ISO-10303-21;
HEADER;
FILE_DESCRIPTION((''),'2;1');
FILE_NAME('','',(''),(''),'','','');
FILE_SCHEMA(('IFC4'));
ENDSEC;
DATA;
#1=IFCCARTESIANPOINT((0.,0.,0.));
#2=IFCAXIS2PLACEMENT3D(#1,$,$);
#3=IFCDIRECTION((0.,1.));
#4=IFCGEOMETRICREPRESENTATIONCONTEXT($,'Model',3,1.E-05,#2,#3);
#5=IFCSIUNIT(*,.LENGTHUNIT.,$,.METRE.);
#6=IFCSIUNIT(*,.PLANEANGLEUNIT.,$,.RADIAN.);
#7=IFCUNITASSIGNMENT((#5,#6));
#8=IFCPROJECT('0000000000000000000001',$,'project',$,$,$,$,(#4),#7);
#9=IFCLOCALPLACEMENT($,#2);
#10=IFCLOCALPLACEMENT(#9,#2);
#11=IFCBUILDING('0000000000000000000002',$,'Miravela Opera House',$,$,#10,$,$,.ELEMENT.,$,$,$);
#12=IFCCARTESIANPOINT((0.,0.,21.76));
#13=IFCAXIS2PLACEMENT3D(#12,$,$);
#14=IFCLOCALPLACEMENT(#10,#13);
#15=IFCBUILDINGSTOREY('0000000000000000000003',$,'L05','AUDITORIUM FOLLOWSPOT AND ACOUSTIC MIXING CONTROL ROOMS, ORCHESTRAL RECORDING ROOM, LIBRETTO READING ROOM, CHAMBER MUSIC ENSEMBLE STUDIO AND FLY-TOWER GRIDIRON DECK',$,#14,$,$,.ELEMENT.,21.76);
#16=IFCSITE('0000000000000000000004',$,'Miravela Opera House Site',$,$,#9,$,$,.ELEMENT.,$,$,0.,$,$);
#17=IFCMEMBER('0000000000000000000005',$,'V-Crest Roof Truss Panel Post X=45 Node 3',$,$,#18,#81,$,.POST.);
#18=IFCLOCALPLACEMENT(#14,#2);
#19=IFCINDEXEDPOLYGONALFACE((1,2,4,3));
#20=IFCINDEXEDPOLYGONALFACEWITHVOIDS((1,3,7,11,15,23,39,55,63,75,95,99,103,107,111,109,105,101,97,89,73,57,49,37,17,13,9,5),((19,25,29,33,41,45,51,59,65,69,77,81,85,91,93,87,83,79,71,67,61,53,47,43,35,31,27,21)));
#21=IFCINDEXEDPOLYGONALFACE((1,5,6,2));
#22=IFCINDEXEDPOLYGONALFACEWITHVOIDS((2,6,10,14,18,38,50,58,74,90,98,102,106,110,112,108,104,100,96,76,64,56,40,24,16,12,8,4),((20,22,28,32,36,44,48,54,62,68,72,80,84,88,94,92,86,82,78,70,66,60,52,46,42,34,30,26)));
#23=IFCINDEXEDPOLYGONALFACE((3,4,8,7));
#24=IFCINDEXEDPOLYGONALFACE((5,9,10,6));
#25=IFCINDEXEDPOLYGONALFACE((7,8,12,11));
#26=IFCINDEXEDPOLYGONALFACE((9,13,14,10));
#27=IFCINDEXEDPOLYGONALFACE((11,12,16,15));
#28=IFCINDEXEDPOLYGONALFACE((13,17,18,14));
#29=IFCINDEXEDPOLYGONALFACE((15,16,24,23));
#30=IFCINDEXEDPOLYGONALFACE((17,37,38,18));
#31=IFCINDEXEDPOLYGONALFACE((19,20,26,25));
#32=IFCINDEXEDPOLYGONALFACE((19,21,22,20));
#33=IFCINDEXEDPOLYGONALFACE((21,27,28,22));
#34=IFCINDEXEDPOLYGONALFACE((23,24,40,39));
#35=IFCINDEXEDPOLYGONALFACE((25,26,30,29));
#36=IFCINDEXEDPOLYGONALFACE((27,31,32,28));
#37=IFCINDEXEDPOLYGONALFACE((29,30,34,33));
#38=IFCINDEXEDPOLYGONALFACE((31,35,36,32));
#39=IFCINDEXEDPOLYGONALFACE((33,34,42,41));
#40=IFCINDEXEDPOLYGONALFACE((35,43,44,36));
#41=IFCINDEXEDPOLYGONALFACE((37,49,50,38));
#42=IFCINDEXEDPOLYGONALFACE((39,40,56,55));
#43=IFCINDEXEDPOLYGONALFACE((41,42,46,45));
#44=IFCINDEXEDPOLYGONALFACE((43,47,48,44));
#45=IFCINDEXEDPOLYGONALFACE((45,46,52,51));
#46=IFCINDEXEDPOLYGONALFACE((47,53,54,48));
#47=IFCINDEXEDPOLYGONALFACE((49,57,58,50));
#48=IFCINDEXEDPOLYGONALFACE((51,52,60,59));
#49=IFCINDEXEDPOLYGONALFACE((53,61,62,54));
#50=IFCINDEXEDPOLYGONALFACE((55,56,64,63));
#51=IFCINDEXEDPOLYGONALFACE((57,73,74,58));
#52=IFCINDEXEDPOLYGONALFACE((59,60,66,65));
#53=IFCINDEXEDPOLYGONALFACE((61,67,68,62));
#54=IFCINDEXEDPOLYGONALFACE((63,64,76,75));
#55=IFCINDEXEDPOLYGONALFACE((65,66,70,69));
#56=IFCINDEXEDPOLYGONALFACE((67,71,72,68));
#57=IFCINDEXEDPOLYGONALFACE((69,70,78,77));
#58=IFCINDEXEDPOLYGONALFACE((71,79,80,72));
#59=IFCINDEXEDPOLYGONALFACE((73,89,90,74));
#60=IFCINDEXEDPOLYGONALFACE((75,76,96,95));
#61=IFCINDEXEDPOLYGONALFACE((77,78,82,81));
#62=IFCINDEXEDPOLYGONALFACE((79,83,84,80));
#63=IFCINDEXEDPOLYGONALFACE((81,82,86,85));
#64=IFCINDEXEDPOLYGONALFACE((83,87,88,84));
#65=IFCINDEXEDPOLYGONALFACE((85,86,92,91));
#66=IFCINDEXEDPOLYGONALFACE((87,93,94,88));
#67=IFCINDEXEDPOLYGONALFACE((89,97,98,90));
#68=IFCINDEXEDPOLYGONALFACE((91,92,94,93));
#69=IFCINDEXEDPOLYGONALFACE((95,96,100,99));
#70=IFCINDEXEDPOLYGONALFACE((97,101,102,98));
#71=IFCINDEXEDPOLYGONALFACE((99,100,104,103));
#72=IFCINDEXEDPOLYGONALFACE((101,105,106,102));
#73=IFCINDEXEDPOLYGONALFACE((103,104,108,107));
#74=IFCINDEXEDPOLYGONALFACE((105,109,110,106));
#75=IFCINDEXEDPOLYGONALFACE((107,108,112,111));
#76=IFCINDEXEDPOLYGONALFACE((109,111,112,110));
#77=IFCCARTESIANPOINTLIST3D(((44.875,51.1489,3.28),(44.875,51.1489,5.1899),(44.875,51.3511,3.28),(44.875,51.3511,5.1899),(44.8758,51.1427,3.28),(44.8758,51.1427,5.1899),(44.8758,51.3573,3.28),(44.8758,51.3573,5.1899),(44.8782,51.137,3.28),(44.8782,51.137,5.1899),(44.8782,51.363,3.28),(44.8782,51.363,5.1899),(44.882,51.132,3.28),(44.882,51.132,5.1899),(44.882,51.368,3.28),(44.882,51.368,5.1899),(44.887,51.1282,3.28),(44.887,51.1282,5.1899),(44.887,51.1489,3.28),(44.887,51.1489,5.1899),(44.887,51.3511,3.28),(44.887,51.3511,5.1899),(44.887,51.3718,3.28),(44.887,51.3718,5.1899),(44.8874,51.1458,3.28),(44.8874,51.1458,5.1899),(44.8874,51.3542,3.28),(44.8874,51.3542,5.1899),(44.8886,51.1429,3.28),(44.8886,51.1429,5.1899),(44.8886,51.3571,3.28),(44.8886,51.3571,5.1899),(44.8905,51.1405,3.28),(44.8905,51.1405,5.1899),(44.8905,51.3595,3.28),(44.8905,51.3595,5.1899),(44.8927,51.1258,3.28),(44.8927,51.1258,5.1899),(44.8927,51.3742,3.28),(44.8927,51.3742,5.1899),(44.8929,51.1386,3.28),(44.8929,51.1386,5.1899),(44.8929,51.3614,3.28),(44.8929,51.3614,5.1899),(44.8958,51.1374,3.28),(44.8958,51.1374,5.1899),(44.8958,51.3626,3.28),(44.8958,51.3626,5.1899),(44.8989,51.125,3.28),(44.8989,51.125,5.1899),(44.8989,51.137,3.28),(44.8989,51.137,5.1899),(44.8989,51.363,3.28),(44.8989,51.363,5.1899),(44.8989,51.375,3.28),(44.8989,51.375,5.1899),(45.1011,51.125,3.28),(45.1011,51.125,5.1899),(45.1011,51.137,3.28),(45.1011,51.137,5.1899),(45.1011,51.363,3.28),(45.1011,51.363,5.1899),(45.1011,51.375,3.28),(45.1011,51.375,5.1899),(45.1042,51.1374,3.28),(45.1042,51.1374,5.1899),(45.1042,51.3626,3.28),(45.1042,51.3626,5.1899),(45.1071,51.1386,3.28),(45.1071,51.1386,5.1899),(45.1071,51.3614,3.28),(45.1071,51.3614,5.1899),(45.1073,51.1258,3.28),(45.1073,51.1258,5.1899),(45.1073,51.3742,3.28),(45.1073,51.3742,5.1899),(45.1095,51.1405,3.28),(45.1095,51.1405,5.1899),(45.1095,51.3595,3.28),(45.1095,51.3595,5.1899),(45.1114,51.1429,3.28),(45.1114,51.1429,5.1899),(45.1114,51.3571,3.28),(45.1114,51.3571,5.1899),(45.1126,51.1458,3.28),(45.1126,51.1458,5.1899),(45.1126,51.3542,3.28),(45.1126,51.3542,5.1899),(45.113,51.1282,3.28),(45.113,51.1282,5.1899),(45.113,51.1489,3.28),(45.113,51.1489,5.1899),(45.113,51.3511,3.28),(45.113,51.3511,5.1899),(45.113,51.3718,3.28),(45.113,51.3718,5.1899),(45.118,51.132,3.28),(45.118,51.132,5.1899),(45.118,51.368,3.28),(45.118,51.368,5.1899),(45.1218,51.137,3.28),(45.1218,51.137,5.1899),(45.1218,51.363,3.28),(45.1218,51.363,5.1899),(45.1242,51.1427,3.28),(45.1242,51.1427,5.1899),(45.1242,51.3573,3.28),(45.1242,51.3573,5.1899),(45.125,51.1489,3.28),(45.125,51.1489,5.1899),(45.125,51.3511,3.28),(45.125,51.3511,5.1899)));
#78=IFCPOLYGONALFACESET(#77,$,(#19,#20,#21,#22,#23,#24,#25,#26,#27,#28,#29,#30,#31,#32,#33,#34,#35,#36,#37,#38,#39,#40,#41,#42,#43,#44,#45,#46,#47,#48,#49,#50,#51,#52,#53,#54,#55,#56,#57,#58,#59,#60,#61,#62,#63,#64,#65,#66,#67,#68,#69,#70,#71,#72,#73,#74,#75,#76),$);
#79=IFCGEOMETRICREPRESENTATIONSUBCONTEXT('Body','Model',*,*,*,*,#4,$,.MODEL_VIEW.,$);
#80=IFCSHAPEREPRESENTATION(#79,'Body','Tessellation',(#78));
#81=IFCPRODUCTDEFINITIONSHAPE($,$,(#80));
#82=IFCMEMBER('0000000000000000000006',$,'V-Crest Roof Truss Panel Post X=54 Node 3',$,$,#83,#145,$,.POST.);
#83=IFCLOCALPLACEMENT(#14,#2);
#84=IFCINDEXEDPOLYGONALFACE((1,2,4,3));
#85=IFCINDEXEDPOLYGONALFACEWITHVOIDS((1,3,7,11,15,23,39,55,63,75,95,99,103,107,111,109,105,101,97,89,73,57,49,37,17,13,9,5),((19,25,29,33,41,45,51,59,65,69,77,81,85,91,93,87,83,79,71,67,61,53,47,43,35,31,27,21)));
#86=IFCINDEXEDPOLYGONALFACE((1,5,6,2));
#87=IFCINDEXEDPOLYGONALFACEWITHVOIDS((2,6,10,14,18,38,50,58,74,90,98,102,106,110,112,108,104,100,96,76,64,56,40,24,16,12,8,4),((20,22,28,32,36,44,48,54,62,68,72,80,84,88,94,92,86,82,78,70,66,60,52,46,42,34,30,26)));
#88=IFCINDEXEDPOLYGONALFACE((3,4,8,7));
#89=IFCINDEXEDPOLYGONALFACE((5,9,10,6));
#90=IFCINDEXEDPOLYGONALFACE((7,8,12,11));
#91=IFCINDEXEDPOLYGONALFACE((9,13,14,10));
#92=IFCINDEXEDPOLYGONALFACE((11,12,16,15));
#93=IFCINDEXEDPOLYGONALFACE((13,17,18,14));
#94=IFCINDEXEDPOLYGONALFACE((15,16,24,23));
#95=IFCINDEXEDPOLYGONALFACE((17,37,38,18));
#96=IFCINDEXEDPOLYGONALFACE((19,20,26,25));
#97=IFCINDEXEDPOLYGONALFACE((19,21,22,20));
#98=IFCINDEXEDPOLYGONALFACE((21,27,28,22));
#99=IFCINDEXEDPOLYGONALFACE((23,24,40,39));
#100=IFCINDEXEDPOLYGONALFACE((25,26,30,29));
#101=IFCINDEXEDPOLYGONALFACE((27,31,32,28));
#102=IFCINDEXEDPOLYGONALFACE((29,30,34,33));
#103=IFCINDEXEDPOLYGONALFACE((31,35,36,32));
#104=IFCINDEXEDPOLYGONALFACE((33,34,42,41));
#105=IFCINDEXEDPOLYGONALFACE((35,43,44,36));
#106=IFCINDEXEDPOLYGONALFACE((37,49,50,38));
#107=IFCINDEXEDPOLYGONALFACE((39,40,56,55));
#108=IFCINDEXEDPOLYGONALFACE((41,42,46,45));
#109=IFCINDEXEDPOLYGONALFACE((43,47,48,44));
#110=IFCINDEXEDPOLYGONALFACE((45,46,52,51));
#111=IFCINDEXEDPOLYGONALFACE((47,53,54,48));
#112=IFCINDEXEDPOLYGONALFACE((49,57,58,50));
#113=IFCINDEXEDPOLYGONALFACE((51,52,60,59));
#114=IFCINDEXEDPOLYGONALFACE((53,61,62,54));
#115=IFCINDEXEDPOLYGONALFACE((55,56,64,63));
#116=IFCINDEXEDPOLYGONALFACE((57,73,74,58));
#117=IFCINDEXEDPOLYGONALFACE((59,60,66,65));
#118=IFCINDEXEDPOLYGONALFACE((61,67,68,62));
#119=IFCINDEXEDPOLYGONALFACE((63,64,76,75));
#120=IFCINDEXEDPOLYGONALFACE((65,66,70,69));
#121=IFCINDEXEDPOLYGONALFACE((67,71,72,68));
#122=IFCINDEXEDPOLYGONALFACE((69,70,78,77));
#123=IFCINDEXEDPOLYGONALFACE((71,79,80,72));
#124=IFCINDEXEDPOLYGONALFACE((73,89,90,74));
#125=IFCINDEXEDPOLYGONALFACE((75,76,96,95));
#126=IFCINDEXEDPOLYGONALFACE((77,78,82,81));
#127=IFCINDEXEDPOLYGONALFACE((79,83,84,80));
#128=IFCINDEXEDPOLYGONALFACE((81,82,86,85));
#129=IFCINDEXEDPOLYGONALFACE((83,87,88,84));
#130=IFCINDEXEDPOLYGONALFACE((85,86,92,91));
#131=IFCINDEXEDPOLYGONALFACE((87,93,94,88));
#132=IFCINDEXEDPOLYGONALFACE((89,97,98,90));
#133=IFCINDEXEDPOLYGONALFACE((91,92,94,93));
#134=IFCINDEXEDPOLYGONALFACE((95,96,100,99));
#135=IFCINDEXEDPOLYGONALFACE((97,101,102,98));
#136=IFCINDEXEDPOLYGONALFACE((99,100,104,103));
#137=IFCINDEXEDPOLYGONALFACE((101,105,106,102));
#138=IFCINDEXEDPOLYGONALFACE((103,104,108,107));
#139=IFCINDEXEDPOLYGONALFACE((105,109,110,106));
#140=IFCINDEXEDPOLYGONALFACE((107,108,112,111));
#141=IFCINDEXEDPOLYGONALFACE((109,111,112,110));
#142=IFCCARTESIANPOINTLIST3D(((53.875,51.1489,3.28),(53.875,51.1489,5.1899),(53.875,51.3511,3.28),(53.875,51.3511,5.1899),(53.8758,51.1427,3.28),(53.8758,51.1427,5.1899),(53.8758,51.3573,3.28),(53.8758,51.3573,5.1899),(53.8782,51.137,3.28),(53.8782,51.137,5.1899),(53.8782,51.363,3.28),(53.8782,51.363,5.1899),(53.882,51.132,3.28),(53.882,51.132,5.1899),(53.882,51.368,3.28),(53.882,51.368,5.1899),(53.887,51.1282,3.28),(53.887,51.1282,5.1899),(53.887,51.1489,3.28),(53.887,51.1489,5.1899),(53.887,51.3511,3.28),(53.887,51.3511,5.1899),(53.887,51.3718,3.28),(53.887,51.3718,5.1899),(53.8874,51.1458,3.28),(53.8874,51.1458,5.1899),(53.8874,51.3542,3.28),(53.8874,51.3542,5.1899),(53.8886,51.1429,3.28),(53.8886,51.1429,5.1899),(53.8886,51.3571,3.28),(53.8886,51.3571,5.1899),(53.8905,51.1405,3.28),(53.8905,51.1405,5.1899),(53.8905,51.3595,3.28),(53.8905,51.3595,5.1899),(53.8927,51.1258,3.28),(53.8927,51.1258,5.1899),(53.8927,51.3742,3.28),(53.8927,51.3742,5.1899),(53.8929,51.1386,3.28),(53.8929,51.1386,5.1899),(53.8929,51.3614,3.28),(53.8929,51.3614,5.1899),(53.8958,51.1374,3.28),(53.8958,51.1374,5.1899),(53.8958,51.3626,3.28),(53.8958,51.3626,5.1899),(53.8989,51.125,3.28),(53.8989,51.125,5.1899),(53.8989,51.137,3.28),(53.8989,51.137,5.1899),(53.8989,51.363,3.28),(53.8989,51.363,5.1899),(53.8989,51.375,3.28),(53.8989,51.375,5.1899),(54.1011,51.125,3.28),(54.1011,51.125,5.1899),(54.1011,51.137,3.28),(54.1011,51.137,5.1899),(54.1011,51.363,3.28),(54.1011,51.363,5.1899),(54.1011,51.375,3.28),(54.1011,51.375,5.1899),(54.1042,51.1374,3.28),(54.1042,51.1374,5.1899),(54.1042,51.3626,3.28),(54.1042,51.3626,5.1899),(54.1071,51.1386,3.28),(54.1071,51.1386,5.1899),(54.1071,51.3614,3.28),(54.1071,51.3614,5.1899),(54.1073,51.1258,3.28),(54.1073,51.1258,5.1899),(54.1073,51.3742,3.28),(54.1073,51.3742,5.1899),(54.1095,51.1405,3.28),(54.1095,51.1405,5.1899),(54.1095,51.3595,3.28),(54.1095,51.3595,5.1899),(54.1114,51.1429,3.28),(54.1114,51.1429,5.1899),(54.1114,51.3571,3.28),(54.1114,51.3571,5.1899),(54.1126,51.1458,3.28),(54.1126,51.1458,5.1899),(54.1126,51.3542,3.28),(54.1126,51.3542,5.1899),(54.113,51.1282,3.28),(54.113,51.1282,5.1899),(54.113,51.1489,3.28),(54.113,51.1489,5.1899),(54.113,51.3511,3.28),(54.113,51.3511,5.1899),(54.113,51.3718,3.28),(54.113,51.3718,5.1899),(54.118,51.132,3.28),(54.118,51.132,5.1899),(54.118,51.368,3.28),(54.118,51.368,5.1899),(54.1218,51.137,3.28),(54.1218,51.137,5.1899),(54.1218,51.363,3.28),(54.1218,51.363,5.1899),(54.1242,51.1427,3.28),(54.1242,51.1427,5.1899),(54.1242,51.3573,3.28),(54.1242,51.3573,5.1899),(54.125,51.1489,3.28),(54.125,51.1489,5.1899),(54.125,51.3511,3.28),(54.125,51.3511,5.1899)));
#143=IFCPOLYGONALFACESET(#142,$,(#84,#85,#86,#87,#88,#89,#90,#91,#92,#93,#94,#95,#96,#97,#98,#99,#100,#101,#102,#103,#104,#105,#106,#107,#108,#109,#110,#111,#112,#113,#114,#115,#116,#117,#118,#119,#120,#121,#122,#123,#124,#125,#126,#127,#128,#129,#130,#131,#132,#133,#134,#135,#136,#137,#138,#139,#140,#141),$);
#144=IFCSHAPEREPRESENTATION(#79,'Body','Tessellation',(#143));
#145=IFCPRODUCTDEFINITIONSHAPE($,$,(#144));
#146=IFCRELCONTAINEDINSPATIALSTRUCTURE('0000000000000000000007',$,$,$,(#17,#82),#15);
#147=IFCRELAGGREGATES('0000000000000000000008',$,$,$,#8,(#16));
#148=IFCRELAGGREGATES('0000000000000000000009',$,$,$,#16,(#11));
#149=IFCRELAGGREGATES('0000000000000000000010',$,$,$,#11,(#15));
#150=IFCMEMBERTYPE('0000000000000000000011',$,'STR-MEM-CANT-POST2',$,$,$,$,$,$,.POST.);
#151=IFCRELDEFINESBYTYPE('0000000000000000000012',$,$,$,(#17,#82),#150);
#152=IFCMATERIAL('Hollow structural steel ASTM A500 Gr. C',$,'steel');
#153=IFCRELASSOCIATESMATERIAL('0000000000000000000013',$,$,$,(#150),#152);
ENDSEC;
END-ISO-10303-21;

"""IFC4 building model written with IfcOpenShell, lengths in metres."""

from ifc_helpers import new_model, si_unit, direction, frame, origin, origin_2d, place, context, subcontext, project, spatial, hollow_rectangle, extrude, material, material_profile, profile_set, type_object, element, save


model = new_model("IFC4")

# Units and contexts
model_context = context("Model", 3, precision=1e-05, world=origin(), true_north=direction((0.0, 1.0)))
body_context = subcontext(model_context, "Body", "Model", "MODEL_VIEW")
ifc_project = project(units=[si_unit("LENGTHUNIT", "METRE"), si_unit("PLANEANGLEUNIT", "RADIAN")], contexts=[model_context])

# Site, building, storey
site_placement = place(None, origin())
site = spatial("IfcSite", under=ifc_project, at=site_placement, Name="Miravela Opera House Site", CompositionType="ELEMENT", RefElevation=0.0)
building_placement = place(site_placement, origin())
building = spatial("IfcBuilding", under=site, at=building_placement, Name="Miravela Opera House", CompositionType="ELEMENT")
storey_placement = place(building_placement, frame((0.0, 0.0, 21.76)))
storey = spatial("IfcBuildingStorey", under=building, at=storey_placement, Name="L05", Description="AUDITORIUM FOLLOWSPOT AND ACOUSTIC MIXING CONTROL ROOMS, ORCHESTRAL RECORDING ROOM, LIBRETTO READING ROOM, CHAMBER MUSIC ENSEMBLE STUDIO AND FLY-TOWER GRIDIRON DECK", CompositionType="ELEMENT", Elevation=21.76)

# Members
ifc_material_1 = material(Name="Hollow structural steel ASTM A500 Gr. C", Category="steel")
ifc_material_profile_1 = material_profile(ifc_material_1, hollow_rectangle(XDim=0.25, YDim=0.25, WallThickness=0.012, InnerFilletRadius=0.012, OuterFilletRadius=0.0239, at=origin_2d()), Name="HSS250X250X12")
ifc_profile_set_1 = profile_set([ifc_material_profile_1])
member_type_1 = type_object("IfcMemberType", Name="STR-MEM-CANT-POST2", PredefinedType="POST", material=ifc_profile_set_1)
for number, where, z_axis, x_axis, name in (
    (1, (45.0, 51.25, 3.28), (0.0, 0.0, 1.0), (1.0, 0.0, 0.0), "V-Crest Roof Truss Panel Post X=45 Node 3"),
    (2, (54.0, 51.25, 3.28), (0.0, 0.0, 1.0), (1.0, 0.0, 0.0), "V-Crest Roof Truss Panel Post X=54 Node 3"),
):
    element("IfcMember", number, at=place(storey_placement, frame(where, z_axis=z_axis, x_axis=x_axis)), inside=storey, type_object=member_type_1, Name=name, PredefinedType="POST", context=body_context, shape_type="SweptSolid", body=[
        extrude(hollow_rectangle(XDim=0.25, YDim=0.25, WallThickness=0.012, InnerFilletRadius=0.012, OuterFilletRadius=0.0239, at=origin_2d()), origin(), (0.0, 0.0, 1.0), 1.9099),
    ])

save(model, "model.ifc")
